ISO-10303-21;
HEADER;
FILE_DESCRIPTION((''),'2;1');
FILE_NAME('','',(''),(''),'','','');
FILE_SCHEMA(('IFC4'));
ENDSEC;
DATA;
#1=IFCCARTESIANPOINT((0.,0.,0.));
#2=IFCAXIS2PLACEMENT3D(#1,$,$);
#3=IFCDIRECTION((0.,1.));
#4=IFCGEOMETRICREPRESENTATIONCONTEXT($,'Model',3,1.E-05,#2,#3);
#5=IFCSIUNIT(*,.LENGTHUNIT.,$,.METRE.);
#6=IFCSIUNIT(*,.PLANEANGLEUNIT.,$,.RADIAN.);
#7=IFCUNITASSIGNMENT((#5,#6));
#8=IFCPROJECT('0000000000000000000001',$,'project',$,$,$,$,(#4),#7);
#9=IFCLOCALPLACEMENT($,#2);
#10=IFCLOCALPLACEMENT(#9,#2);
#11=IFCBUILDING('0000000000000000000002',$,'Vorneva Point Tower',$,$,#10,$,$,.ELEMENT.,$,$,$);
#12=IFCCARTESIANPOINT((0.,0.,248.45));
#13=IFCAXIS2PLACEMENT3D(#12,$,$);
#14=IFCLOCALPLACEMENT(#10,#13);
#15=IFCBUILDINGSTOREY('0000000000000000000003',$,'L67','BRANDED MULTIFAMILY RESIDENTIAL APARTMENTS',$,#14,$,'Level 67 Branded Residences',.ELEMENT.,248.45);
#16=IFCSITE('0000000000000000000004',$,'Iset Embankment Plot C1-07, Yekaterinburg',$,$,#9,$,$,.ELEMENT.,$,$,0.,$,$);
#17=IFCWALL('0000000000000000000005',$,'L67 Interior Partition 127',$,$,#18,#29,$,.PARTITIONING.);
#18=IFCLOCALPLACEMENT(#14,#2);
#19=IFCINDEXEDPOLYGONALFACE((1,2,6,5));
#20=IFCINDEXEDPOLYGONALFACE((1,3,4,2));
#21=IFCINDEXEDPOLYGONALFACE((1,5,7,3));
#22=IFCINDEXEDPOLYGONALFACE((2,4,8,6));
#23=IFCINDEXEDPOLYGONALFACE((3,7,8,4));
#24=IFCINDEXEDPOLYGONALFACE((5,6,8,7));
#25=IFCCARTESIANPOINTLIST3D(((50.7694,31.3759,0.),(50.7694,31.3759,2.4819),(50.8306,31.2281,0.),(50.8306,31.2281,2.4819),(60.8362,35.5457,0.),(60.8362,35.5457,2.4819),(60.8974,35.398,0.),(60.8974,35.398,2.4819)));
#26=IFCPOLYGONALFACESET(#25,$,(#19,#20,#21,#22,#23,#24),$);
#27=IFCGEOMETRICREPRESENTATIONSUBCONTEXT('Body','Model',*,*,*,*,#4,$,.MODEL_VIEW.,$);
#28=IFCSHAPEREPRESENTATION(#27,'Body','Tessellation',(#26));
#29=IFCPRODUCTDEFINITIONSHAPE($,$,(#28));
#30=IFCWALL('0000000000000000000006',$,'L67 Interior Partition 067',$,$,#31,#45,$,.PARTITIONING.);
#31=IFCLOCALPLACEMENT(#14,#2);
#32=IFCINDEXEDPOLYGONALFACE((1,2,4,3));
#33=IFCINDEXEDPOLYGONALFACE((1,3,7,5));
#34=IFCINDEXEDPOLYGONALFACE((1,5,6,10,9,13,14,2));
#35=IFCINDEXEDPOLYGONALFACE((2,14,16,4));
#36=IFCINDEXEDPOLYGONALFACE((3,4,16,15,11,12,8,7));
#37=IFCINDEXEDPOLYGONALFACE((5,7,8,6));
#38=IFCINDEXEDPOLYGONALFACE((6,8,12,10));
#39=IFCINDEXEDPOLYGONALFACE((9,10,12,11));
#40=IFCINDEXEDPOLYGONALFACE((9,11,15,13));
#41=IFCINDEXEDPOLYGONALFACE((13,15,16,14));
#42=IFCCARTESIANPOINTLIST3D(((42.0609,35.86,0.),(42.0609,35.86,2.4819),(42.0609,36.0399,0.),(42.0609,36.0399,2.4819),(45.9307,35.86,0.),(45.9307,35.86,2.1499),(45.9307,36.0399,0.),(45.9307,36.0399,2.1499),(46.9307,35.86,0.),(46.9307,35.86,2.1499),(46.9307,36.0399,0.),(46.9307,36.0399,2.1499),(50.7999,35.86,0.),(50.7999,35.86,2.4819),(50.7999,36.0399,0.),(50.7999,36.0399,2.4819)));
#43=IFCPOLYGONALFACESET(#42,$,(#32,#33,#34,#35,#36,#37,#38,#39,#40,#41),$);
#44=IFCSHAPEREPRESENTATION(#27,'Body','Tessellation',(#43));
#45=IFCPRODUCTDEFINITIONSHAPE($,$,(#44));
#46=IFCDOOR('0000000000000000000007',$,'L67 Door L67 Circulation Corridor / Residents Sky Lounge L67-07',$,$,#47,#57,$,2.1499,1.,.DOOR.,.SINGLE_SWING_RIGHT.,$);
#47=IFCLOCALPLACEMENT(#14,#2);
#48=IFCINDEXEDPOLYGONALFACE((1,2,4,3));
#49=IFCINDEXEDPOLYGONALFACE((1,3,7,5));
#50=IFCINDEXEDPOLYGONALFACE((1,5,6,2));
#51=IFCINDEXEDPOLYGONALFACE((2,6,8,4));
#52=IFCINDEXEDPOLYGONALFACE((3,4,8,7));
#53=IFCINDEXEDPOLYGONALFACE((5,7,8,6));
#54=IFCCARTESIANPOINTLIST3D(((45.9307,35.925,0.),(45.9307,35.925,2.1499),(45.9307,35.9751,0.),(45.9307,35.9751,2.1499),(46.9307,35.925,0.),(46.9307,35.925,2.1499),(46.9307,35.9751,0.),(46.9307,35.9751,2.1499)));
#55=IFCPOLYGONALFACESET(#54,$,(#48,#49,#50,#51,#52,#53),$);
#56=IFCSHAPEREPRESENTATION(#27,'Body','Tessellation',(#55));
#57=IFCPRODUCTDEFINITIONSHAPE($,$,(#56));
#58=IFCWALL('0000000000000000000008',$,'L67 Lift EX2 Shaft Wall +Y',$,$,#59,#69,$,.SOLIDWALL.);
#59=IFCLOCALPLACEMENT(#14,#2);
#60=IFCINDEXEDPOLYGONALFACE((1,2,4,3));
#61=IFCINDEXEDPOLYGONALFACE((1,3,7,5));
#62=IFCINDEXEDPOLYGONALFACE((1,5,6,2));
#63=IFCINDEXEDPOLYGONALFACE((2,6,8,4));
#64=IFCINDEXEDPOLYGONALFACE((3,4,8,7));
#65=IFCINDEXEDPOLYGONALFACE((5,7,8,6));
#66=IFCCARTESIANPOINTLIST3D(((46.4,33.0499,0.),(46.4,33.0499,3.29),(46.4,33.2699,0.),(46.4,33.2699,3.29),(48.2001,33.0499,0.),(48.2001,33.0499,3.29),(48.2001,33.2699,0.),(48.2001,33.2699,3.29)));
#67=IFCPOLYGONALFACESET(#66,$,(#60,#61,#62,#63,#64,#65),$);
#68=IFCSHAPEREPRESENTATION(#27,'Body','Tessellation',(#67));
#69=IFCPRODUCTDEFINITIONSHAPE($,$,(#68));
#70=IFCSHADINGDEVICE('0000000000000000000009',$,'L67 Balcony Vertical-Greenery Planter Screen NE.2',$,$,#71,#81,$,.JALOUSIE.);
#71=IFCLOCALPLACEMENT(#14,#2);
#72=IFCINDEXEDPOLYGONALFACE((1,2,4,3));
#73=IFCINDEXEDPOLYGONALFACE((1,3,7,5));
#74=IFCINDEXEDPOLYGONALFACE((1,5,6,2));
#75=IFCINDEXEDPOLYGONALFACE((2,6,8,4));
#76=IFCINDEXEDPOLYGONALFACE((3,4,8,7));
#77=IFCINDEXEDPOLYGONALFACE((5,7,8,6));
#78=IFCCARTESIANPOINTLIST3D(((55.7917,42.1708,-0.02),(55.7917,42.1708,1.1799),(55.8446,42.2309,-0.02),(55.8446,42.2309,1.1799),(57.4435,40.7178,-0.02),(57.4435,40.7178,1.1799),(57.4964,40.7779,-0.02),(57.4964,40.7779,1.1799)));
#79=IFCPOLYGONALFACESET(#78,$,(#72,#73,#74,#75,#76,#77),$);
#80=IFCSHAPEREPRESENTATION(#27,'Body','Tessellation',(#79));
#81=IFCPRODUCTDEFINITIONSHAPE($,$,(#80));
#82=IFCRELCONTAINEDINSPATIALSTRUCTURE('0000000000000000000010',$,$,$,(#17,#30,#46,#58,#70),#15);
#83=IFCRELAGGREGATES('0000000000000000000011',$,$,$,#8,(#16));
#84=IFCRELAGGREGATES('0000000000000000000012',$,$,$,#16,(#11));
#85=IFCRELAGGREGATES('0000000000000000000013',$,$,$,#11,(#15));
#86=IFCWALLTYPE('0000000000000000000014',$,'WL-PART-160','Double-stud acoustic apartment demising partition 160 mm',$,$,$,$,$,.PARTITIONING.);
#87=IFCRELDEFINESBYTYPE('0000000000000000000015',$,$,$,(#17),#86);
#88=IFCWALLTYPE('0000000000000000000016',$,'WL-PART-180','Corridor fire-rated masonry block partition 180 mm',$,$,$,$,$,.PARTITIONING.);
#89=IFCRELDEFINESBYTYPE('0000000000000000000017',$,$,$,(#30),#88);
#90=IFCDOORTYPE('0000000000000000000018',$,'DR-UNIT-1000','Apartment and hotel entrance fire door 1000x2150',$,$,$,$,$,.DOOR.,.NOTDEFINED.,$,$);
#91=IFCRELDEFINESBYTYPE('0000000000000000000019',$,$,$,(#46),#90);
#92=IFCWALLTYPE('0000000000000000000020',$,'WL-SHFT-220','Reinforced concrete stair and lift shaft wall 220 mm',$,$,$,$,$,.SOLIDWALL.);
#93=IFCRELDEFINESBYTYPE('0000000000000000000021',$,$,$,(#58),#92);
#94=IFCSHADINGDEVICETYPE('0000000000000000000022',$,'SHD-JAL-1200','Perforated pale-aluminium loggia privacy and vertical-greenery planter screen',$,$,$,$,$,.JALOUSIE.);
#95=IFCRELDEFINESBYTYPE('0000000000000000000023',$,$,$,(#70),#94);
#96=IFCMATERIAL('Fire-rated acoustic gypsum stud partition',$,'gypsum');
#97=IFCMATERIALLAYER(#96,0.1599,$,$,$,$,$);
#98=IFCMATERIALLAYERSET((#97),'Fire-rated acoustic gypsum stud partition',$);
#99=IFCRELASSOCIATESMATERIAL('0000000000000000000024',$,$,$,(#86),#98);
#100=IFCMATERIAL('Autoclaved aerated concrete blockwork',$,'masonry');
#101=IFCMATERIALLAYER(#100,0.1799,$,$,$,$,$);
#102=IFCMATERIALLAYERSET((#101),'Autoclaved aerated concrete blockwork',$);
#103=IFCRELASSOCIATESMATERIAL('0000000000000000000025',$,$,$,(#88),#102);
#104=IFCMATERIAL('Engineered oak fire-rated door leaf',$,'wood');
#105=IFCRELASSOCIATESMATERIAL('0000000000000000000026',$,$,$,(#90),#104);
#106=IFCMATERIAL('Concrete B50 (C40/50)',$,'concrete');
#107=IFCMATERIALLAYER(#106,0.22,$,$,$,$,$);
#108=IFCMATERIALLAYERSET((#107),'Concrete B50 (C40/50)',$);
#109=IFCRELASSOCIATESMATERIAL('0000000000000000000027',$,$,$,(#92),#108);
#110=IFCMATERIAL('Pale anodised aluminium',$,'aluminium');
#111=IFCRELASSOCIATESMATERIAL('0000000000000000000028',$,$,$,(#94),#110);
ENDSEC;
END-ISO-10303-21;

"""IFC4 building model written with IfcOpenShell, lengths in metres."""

from ifc_helpers import new_model, si_unit, direction, frame, frame_2d, origin, origin_2d, place, context, subcontext, project, spatial, rectangle, extrude, material, layer, layer_set, type_object, element, fill, save


model = new_model("IFC4")

# Units and contexts
model_context = context("Model", 3, precision=1e-05, world=origin(), true_north=direction((0.0, 1.0)))
body_context = subcontext(model_context, "Body", "Model", "MODEL_VIEW")
ifc_project = project(units=[si_unit("LENGTHUNIT", "METRE"), si_unit("PLANEANGLEUNIT", "RADIAN")], contexts=[model_context])

# Site, building, storey
site_placement = place(None, origin())
site = spatial("IfcSite", under=ifc_project, at=site_placement, Name="Iset Embankment Plot C1-07, Yekaterinburg", CompositionType="ELEMENT", RefElevation=0.0)
building_placement = place(site_placement, origin())
building = spatial("IfcBuilding", under=site, at=building_placement, Name="Vorneva Point Tower", CompositionType="ELEMENT")
storey_placement = place(building_placement, frame((0.0, 0.0, 248.45)))
storey = spatial("IfcBuildingStorey", under=building, at=storey_placement, Name="L67", Description="BRANDED MULTIFAMILY RESIDENTIAL APARTMENTS", LongName="Level 67 Branded Residences", CompositionType="ELEMENT", Elevation=248.45)

# Shared definitions
ifc_material_1 = material(Name="Concrete B50 (C40/50)", Category="concrete")

# Shared definitions
ifc_material_2 = material(Name="Pale anodised aluminium", Category="aluminium")

# Wall
ifc_material_3 = material(Name="Fire-rated acoustic gypsum stud partition", Category="gypsum")
ifc_layer_1 = layer(ifc_material_3, 0.1599)
ifc_layer_set_1 = layer_set([ifc_layer_1], Name="Fire-rated acoustic gypsum stud partition")
wall_type_1 = type_object("IfcWallType", Name="WL-PART-160", Description="Double-stud acoustic apartment demising partition 160 mm", PredefinedType="PARTITIONING", material=ifc_layer_set_1)
wall_1_placement = place(storey_placement, frame((60.8669, 35.4719, 0.0), z_axis=(0.0, 0.0, 1.0), x_axis=(-0.923877, -0.38269, 0.0)))
element("IfcWall", 1, at=wall_1_placement, inside=storey, type_object=wall_type_1, Name="L67 Interior Partition 127", PredefinedType="PARTITIONING", context=body_context, shape_type="SweptSolid", body=[
    extrude(rectangle(XDim=10.8962, YDim=0.1599, at=frame_2d((5.4482, 0.0))), origin(), (0.0, 0.0, 1.0), 2.4819),
])

# Wall, opening, door
ifc_material_4 = material(Name="Autoclaved aerated concrete blockwork", Category="masonry")
ifc_layer_2 = layer(ifc_material_4, 0.1799)
ifc_layer_set_2 = layer_set([ifc_layer_2], Name="Autoclaved aerated concrete blockwork")
wall_type_2 = type_object("IfcWallType", Name="WL-PART-180", Description="Corridor fire-rated masonry block partition 180 mm", PredefinedType="PARTITIONING", material=ifc_layer_set_2)
wall_2_placement = place(storey_placement, frame((50.8, 35.95, 0.0), z_axis=(0.0, 0.0, 1.0), x_axis=(-1.0, 0.0, 0.0)))
wall_2 = element("IfcWall", 2, at=wall_2_placement, inside=storey, type_object=wall_type_2, Name="L67 Interior Partition 067", PredefinedType="PARTITIONING", context=body_context, shape_type="SweptSolid", body=[
    extrude(rectangle(XDim=8.739, YDim=0.1799, at=frame_2d((4.3696, 0.0))), origin(), (0.0, 0.0, 1.0), 2.4819),
])
opening_1_placement = place(wall_2_placement, frame((3.8694, 0.0, 0.0)))
opening_1 = element("IfcOpeningElement", 3, at=opening_1_placement, cuts=wall_2, PredefinedType="OPENING", context=body_context, shape_type="SweptSolid", body=[
    extrude(rectangle(XDim=1.0, YDim=2.1499, at=frame_2d((0.5, 1.075))), frame((0.0, 0.105, 0.0), z_axis=(0.0, -1.0, 0.0), x_axis=(1.0, 0.0, 0.0)), (0.0, 0.0, 1.0), 0.2097),
])
ifc_material_5 = material(Name="Engineered oak fire-rated door leaf", Category="wood")
door_type_1 = type_object("IfcDoorType", Name="DR-UNIT-1000", Description="Apartment and hotel entrance fire door 1000x2150", OperationType="NOTDEFINED", PredefinedType="DOOR", material=ifc_material_5)
door_1_placement = place(opening_1_placement, origin())
door_1 = element("IfcDoor", 4, at=door_1_placement, inside=storey, type_object=door_type_1, Name="L67 Door L67 Circulation Corridor / Residents Sky Lounge L67-07", OperationType="SINGLE_SWING_RIGHT", OverallHeight=2.1499, OverallWidth=1.0, PredefinedType="DOOR", context=body_context, shape_type="SweptSolid", body=[
    extrude(rectangle(XDim=1.0, YDim=2.1499, at=frame_2d((0.5, 1.075))), frame((0.0, 0.0249, 0.0), z_axis=(0.0, -1.0, 0.0), x_axis=(1.0, 0.0, 0.0)), (0.0, 0.0, 1.0), 0.05),
])
fill(opening_1, door_1)

# Wall
ifc_layer_3 = layer(ifc_material_1, 0.22)
ifc_layer_set_3 = layer_set([ifc_layer_3], Name="Concrete B50 (C40/50)")
wall_type_3 = type_object("IfcWallType", Name="WL-SHFT-220", Description="Reinforced concrete stair and lift shaft wall 220 mm", PredefinedType="SOLIDWALL", material=ifc_layer_set_3)
wall_3_placement = place(storey_placement, frame((48.2, 33.1599, 0.0), z_axis=(0.0, 0.0, 1.0), x_axis=(-1.0, 0.0, 0.0)))
element("IfcWall", 5, at=wall_3_placement, inside=storey, type_object=wall_type_3, Name="L67 Lift EX2 Shaft Wall +Y", PredefinedType="SOLIDWALL", context=body_context, shape_type="SweptSolid", body=[
    extrude(rectangle(XDim=1.8, YDim=0.22, at=frame_2d((0.8999, 0.0))), origin(), (0.0, 0.0, 1.0), 3.29),
])

# Shading device
shading_device_type = type_object("IfcShadingDeviceType", Name="SHD-JAL-1200", Description="Perforated pale-aluminium loggia privacy and vertical-greenery planter screen", PredefinedType="JALOUSIE", material=ifc_material_2)
shading_device_placement = place(storey_placement, frame((56.644, 41.4744, -0.02), z_axis=(0.0, 0.0, 1.0), x_axis=(-0.750838, 0.660487, 0.0)))
element("IfcShadingDevice", 6, at=shading_device_placement, inside=storey, type_object=shading_device_type, Name="L67 Balcony Vertical-Greenery Planter Screen NE.2", PredefinedType="JALOUSIE", context=body_context, shape_type="SweptSolid", body=[
    extrude(rectangle(XDim=2.2, YDim=0.0801, at=origin_2d()), origin(), (0.0, 0.0, 1.0), 1.2),
])

save(model, "model.ifc")
